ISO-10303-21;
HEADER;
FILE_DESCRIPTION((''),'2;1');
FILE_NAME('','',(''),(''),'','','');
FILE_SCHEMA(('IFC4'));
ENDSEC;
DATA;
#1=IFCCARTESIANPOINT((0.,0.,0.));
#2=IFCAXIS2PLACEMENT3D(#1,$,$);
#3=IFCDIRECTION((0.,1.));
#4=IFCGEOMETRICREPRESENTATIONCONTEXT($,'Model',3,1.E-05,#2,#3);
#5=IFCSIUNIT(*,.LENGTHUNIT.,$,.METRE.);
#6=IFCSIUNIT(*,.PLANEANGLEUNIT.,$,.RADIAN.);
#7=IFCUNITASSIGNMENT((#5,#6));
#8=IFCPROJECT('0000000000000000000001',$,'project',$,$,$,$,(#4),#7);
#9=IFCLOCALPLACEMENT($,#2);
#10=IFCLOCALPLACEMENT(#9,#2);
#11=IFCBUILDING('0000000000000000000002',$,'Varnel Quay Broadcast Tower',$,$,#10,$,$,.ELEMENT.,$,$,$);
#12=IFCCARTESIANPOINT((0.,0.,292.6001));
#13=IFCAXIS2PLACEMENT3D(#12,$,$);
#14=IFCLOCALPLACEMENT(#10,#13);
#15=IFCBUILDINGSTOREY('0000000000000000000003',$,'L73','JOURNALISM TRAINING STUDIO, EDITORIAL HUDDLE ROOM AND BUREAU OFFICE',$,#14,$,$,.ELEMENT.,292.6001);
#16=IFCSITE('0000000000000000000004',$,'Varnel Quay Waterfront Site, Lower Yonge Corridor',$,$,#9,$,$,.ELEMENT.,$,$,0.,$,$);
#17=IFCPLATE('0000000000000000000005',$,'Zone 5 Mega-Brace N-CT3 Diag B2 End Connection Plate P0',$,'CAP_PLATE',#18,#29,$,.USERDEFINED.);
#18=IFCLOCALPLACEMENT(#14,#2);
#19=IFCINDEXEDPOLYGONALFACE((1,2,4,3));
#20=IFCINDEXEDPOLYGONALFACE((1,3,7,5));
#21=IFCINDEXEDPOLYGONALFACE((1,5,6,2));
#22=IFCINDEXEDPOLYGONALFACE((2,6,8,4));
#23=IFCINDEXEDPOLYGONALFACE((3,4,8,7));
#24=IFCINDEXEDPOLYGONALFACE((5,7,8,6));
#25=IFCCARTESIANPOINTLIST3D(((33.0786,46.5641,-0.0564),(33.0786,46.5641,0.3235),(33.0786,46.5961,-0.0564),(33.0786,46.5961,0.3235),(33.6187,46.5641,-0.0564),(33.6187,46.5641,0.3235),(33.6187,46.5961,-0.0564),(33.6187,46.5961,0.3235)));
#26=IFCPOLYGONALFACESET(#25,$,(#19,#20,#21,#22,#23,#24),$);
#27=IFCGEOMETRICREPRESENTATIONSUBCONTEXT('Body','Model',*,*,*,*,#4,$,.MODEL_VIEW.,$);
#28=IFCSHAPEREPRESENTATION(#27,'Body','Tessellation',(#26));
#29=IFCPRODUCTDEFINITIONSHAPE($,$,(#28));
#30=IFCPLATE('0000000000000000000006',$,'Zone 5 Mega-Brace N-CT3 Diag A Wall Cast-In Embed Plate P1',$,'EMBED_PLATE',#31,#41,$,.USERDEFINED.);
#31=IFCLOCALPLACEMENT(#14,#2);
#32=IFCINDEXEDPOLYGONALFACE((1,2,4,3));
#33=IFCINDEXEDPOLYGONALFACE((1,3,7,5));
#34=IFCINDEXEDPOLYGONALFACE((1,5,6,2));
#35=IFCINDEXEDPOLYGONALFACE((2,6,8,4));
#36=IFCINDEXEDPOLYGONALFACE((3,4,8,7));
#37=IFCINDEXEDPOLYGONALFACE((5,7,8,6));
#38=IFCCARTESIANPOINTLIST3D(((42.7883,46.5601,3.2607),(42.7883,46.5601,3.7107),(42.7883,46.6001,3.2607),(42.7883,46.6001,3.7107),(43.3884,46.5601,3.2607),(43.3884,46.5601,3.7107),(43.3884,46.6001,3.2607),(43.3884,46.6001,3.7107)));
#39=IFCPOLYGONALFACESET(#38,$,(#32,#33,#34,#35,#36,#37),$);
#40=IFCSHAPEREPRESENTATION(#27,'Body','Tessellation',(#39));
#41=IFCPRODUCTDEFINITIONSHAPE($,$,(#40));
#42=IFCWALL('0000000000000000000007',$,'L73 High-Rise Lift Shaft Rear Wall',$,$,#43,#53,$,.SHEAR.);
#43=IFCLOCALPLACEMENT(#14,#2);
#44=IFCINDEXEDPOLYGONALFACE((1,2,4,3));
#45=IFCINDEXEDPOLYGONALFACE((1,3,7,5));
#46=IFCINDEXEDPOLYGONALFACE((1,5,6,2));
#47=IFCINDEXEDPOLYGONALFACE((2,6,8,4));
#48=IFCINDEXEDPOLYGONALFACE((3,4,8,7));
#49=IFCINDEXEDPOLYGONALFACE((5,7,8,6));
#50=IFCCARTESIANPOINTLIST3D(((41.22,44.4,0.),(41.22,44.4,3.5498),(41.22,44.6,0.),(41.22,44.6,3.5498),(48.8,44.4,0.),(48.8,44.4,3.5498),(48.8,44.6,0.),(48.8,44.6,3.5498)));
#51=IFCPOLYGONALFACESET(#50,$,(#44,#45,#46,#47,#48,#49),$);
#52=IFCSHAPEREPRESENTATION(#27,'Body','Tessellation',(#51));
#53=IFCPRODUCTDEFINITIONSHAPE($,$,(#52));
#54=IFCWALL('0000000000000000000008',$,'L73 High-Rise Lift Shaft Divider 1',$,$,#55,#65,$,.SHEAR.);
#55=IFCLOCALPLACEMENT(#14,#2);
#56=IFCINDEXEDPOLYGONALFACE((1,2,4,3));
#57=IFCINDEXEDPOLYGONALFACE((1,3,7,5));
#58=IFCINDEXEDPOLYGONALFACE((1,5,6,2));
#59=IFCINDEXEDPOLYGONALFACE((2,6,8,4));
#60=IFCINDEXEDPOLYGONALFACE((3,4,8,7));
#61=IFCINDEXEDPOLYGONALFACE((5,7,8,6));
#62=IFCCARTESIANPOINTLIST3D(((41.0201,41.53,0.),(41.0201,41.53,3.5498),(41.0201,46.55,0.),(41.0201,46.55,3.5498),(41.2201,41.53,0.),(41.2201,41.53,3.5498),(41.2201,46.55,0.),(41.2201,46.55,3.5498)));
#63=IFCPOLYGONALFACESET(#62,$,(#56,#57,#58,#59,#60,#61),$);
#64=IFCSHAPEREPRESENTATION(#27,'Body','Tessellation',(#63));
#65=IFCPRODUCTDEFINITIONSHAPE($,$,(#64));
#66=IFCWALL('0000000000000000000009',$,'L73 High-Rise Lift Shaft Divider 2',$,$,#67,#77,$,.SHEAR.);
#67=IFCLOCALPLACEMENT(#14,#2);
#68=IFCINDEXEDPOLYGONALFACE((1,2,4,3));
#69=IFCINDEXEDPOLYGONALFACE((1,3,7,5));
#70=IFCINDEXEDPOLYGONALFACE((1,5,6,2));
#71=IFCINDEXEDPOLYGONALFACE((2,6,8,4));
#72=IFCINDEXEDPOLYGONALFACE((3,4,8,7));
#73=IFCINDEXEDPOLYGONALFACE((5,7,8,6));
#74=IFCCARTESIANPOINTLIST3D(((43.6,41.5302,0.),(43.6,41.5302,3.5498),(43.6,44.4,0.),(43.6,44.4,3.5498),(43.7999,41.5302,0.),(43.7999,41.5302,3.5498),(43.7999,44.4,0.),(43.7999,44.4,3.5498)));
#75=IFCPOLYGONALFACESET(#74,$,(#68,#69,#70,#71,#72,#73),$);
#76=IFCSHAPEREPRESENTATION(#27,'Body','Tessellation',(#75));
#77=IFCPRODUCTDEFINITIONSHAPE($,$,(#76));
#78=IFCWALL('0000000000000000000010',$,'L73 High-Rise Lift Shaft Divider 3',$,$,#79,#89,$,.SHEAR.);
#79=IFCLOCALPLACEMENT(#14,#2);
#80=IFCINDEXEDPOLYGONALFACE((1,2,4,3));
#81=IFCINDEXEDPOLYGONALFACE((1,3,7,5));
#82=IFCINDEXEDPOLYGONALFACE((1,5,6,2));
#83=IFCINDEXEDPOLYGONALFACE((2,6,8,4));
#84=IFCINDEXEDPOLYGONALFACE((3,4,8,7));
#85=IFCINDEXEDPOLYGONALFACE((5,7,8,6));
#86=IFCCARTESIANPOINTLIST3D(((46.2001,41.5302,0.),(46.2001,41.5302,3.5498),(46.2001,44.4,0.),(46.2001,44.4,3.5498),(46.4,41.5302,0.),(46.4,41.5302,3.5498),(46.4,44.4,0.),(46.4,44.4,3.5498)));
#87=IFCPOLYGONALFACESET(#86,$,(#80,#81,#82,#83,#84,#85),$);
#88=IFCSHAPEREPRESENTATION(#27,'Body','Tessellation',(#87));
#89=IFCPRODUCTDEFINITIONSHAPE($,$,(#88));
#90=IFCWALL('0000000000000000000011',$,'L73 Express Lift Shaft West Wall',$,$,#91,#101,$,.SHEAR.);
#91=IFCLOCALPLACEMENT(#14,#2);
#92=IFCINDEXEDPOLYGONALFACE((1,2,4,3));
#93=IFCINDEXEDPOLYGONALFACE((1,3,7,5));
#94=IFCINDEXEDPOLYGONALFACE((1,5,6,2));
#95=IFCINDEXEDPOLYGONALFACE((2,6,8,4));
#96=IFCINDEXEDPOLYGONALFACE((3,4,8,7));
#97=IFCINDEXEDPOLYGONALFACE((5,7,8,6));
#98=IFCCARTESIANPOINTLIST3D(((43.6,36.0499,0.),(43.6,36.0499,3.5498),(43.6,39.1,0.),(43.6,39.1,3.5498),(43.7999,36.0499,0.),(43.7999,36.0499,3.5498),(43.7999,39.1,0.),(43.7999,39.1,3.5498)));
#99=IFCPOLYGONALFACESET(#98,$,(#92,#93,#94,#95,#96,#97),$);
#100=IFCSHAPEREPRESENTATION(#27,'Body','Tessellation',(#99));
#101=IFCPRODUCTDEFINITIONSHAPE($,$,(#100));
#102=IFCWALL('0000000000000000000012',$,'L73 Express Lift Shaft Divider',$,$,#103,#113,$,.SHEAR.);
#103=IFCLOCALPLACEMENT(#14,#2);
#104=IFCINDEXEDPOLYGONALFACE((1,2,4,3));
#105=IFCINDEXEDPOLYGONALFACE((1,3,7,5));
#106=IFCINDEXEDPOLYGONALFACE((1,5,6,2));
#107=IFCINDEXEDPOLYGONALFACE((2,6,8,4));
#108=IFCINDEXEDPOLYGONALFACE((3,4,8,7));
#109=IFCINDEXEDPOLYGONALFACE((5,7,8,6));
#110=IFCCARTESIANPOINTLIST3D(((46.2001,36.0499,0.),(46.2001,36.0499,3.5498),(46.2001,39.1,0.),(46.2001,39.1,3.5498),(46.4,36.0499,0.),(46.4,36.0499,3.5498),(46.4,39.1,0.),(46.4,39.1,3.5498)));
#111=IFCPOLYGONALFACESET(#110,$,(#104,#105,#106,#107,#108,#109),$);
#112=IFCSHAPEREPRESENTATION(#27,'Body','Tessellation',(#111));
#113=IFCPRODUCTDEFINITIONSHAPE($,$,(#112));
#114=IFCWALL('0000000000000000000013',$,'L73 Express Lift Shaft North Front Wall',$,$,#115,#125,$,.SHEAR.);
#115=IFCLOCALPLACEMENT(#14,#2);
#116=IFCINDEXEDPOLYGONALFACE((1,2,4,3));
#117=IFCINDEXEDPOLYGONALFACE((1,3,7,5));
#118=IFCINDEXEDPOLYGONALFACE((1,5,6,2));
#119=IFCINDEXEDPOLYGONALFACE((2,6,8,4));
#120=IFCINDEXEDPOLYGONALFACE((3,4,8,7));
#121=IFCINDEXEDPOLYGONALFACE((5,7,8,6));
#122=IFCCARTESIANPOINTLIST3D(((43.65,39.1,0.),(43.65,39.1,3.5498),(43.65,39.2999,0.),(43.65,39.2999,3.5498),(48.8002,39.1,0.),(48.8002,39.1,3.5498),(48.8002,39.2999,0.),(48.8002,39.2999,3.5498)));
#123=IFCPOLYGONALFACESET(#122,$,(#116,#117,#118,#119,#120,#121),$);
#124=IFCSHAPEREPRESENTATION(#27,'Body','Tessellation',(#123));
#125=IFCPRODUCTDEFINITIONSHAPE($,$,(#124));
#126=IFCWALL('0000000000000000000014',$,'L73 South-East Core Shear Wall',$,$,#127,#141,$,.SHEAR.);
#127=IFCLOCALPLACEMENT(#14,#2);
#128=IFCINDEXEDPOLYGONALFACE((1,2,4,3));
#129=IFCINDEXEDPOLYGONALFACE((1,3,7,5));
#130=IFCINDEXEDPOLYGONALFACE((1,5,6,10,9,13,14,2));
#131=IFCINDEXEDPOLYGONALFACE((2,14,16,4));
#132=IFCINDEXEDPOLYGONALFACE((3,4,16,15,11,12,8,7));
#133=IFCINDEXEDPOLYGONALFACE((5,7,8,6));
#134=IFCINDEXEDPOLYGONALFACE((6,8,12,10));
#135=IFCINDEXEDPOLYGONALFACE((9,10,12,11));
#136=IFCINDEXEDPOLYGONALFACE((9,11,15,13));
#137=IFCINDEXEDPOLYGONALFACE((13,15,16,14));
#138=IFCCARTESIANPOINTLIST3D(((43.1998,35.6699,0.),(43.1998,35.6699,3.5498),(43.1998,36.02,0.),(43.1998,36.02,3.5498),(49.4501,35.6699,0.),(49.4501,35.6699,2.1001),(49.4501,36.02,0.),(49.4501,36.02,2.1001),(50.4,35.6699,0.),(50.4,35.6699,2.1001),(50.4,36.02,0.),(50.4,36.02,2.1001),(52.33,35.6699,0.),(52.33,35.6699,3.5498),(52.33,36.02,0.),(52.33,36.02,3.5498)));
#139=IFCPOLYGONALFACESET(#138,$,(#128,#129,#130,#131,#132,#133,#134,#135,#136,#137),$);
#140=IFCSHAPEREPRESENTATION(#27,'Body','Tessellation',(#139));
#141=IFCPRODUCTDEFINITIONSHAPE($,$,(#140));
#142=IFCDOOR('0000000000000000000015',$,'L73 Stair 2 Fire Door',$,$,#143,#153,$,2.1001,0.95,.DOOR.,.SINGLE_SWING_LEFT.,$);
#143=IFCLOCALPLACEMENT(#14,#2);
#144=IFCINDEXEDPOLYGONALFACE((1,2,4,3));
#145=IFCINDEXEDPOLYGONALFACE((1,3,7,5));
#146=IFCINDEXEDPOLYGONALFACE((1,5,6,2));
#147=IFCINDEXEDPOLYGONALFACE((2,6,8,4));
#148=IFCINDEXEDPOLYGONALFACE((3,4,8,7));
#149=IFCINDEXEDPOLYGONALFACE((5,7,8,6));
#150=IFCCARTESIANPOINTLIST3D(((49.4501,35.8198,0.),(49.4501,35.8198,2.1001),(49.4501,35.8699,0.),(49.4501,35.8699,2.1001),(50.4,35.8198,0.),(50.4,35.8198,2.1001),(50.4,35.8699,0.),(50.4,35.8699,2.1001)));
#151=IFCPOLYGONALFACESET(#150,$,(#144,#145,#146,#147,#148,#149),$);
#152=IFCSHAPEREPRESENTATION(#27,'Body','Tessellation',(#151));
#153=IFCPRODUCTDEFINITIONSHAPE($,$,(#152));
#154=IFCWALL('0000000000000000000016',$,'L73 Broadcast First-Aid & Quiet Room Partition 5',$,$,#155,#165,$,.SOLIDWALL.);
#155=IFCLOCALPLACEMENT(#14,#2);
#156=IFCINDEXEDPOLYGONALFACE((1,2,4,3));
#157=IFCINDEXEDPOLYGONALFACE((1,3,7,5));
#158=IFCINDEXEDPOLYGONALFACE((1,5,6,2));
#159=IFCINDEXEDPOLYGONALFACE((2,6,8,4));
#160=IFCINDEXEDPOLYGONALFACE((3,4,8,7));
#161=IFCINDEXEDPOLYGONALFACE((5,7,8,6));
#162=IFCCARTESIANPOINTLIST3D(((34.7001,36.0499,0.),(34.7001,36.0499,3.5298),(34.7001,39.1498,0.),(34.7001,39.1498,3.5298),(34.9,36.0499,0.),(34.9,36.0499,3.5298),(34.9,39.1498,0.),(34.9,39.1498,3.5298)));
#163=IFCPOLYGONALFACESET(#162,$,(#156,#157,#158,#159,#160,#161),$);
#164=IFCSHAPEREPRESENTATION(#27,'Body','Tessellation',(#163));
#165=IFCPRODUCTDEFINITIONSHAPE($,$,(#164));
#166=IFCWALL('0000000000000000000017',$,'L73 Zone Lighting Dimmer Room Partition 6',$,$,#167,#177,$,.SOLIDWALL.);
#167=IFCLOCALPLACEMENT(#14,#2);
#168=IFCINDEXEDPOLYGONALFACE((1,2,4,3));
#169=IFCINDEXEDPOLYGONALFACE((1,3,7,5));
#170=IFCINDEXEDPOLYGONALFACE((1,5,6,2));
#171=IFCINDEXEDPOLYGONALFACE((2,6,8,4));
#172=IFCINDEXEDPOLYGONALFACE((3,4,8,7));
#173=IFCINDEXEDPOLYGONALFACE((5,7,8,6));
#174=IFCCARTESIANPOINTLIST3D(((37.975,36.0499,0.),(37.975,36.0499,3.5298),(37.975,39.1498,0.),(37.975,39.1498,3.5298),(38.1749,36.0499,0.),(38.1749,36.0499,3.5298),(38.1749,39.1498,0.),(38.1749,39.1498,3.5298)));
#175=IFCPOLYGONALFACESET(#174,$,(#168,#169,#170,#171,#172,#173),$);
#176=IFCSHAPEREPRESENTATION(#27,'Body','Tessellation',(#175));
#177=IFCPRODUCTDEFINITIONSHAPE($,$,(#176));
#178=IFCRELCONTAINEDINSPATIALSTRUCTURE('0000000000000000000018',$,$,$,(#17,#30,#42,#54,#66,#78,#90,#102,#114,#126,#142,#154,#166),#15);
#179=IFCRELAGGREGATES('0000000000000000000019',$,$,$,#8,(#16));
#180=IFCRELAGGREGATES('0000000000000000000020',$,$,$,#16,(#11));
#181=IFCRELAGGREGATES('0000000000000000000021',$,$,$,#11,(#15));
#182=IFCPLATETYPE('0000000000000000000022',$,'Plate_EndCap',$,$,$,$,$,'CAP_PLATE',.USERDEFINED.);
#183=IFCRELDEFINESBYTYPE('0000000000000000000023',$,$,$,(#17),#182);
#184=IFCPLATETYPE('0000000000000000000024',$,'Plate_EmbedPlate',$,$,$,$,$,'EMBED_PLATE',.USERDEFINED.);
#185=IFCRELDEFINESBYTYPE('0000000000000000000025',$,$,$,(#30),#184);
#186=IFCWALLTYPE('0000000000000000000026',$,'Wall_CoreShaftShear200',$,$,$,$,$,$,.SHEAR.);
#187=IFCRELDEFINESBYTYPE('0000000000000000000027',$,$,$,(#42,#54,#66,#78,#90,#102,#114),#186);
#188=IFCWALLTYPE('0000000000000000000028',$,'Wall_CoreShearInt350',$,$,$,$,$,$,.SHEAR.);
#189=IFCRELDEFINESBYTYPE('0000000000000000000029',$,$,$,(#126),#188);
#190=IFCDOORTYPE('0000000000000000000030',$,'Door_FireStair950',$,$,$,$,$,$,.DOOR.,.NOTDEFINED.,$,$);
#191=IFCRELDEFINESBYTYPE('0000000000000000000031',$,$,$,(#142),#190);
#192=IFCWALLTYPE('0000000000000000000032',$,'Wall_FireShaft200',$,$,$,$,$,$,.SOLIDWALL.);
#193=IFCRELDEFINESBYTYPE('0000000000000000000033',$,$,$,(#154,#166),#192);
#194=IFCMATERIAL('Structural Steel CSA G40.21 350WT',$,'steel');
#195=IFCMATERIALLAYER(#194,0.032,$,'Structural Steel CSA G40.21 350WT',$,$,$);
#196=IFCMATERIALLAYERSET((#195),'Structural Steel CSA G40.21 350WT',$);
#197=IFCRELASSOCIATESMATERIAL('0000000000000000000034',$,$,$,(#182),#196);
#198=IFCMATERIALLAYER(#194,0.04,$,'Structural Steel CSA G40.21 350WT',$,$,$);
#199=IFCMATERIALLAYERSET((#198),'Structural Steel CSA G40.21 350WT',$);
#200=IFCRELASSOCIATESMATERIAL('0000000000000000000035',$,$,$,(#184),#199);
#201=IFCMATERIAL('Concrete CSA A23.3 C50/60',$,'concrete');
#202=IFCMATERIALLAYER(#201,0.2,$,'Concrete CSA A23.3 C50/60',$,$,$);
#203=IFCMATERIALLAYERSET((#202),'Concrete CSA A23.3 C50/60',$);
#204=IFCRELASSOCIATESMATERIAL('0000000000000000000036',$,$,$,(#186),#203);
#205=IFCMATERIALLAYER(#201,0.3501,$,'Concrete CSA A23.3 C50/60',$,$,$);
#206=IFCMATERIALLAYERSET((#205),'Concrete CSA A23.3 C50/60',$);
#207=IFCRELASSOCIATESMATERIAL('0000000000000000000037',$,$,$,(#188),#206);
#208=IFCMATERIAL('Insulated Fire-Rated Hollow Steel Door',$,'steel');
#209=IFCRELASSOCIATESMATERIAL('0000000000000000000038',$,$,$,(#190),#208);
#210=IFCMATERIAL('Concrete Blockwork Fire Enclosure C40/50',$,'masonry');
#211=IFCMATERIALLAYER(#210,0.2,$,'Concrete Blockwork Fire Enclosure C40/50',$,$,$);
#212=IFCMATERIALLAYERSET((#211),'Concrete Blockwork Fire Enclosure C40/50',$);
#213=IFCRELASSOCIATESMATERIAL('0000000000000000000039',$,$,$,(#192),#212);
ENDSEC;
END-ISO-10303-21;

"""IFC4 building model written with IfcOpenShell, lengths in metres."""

from ifc_helpers import new_model, si_unit, direction, frame, frame_2d, origin, origin_2d, place, context, subcontext, project, spatial, rectangle, extrude, source, transform, mapped, material, layer, layer_set, type_object, type_shapes, element, fill, save


model = new_model("IFC4")

# Units and contexts
model_context = context("Model", 3, precision=1e-05, world=origin(), true_north=direction((0.0, 1.0)))
body_context = subcontext(model_context, "Body", "Model", "MODEL_VIEW")
ifc_project = project(units=[si_unit("LENGTHUNIT", "METRE"), si_unit("PLANEANGLEUNIT", "RADIAN")], contexts=[model_context])

# Site, building, storey
site_placement = place(None, origin())
site = spatial("IfcSite", under=ifc_project, at=site_placement, Name="Varnel Quay Waterfront Site, Lower Yonge Corridor", CompositionType="ELEMENT", RefElevation=0.0)
building_placement = place(site_placement, origin())
building = spatial("IfcBuilding", under=site, at=building_placement, Name="Varnel Quay Broadcast Tower", CompositionType="ELEMENT")
storey_placement = place(building_placement, frame((0.0, 0.0, 292.6001)))
storey = spatial("IfcBuildingStorey", under=building, at=storey_placement, Name="L73", Description="JOURNALISM TRAINING STUDIO, EDITORIAL HUDDLE ROOM AND BUREAU OFFICE", CompositionType="ELEMENT", Elevation=292.6001)

# Shared definitions
ifc_material_1 = material(Name="Structural Steel CSA G40.21 350WT", Category="steel")

# Shared definitions
ifc_material_2 = material(Name="Concrete CSA A23.3 C50/60", Category="concrete")

# Plates
ifc_layer_1 = layer(ifc_material_1, 0.032, Name="Structural Steel CSA G40.21 350WT")
ifc_layer_set_1 = layer_set([ifc_layer_1], Name="Structural Steel CSA G40.21 350WT")
plate_type_1 = type_object("IfcPlateType", Name="Plate_EndCap", ElementType="CAP_PLATE", PredefinedType="USERDEFINED", material=ifc_layer_set_1)
shared_shape_1 = source(origin(), body_context, "Body", "SweptSolid", [
    extrude(rectangle(XDim=0.54, YDim=0.032, at=origin_2d()), origin(), (0.0, 0.0, 1.0), 0.3799),
])
type_shapes(plate_type_1, [shared_shape_1])
plate_1_placement = place(storey_placement, frame((33.3486, 46.5801, -0.0564), z_axis=(0.0, 0.0, 1.0), x_axis=(1.0, 0.0, 0.0)))
element("IfcPlate", 1, at=plate_1_placement, inside=storey, type_object=plate_type_1, Name="Zone 5 Mega-Brace N-CT3 Diag B2 End Connection Plate P0", ObjectType="CAP_PLATE", PredefinedType="USERDEFINED", context=body_context, shape_type="MappedRepresentation", body=[
    mapped(shared_shape_1, transform((0.0, 0.0, 0.0), x_axis=(1.0, 0.0, 0.0), y_axis=(0.0, 1.0, 0.0), z_axis=(0.0, 0.0, 1.0), scale=1.0)),
])
ifc_layer_2 = layer(ifc_material_1, 0.04, Name="Structural Steel CSA G40.21 350WT")
ifc_layer_set_2 = layer_set([ifc_layer_2], Name="Structural Steel CSA G40.21 350WT")
plate_type_2 = type_object("IfcPlateType", Name="Plate_EmbedPlate", ElementType="EMBED_PLATE", PredefinedType="USERDEFINED", material=ifc_layer_set_2)
shared_shape_2 = source(origin(), body_context, "Body", "SweptSolid", [
    extrude(rectangle(XDim=0.6001, YDim=0.04, at=origin_2d()), origin(), (0.0, 0.0, 1.0), 0.45),
])
type_shapes(plate_type_2, [shared_shape_2])
plate_2_placement = place(storey_placement, frame((43.0884, 46.5801, 3.2607), z_axis=(0.0, 0.0, 1.0), x_axis=(1.0, 0.0, 0.0)))
element("IfcPlate", 2, at=plate_2_placement, inside=storey, type_object=plate_type_2, Name="Zone 5 Mega-Brace N-CT3 Diag A Wall Cast-In Embed Plate P1", ObjectType="EMBED_PLATE", PredefinedType="USERDEFINED", context=body_context, shape_type="MappedRepresentation", body=[
    mapped(shared_shape_2, transform((0.0, 0.0, 0.0), x_axis=(1.0, 0.0, 0.0), y_axis=(0.0, 1.0, 0.0), z_axis=(0.0, 0.0, 1.0), scale=1.0)),
])

# Walls
ifc_layer_3 = layer(ifc_material_2, 0.2, Name="Concrete CSA A23.3 C50/60")
ifc_layer_set_3 = layer_set([ifc_layer_3], Name="Concrete CSA A23.3 C50/60")
wall_type_1 = type_object("IfcWallType", Name="Wall_CoreShaftShear200", PredefinedType="SHEAR", material=ifc_layer_set_3)
wall_1_placement = place(storey_placement, frame((41.22, 44.5, 0.0), z_axis=(0.0, 0.0, 1.0), x_axis=(1.0, 0.0, 0.0)))
element("IfcWall", 3, at=wall_1_placement, inside=storey, type_object=wall_type_1, Name="L73 High-Rise Lift Shaft Rear Wall", PredefinedType="SHEAR", context=body_context, shape_type="SweptSolid", body=[
    extrude(rectangle(XDim=7.5801, YDim=0.2, at=frame_2d((3.79, 0.0))), origin(), (0.0, 0.0, 1.0), 3.5498),
])
wall_2_placement = place(storey_placement, frame((41.1201, 41.53, 0.0), z_axis=(0.0, 0.0, 1.0), x_axis=(0.0, 1.0, 0.0)))
element("IfcWall", 4, at=wall_2_placement, inside=storey, type_object=wall_type_1, Name="L73 High-Rise Lift Shaft Divider 1", PredefinedType="SHEAR", context=body_context, shape_type="SweptSolid", body=[
    extrude(rectangle(XDim=5.02, YDim=0.2, at=frame_2d((2.51, 0.0))), origin(), (0.0, 0.0, 1.0), 3.5498),
])
for number, where, z_axis, x_axis, name in (
    (5, (43.7, 41.53, 0.0), (0.0, 0.0, 1.0), (0.0, 1.0, 0.0), "L73 High-Rise Lift Shaft Divider 2"),
    (6, (46.3, 41.53, 0.0), (0.0, 0.0, 1.0), (0.0, 1.0, 0.0), "L73 High-Rise Lift Shaft Divider 3"),
):
    element("IfcWall", number, at=place(storey_placement, frame(where, z_axis=z_axis, x_axis=x_axis)), inside=storey, type_object=wall_type_1, Name=name, PredefinedType="SHEAR", context=body_context, shape_type="SweptSolid", body=[
        extrude(rectangle(XDim=2.8699, YDim=0.2, at=frame_2d((1.4351, 0.0))), origin(), (0.0, 0.0, 1.0), 3.5498),
    ])
for number, where, z_axis, x_axis, name in (
    (7, (43.7, 36.05, 0.0), (0.0, 0.0, 1.0), (0.0, 1.0, 0.0), "L73 Express Lift Shaft West Wall"),
    (8, (46.3, 36.05, 0.0), (0.0, 0.0, 1.0), (0.0, 1.0, 0.0), "L73 Express Lift Shaft Divider"),
):
    element("IfcWall", number, at=place(storey_placement, frame(where, z_axis=z_axis, x_axis=x_axis)), inside=storey, type_object=wall_type_1, Name=name, PredefinedType="SHEAR", context=body_context, shape_type="SweptSolid", body=[
        extrude(rectangle(XDim=3.05, YDim=0.2, at=frame_2d((1.5249, 0.0))), origin(), (0.0, 0.0, 1.0), 3.5498),
    ])
wall_3_placement = place(storey_placement, frame((43.6499, 39.2, 0.0), z_axis=(0.0, 0.0, 1.0), x_axis=(1.0, 0.0, 0.0)))
element("IfcWall", 9, at=wall_3_placement, inside=storey, type_object=wall_type_1, Name="L73 Express Lift Shaft North Front Wall", PredefinedType="SHEAR", context=body_context, shape_type="SweptSolid", body=[
    extrude(rectangle(XDim=5.1501, YDim=0.2, at=frame_2d((2.5752, 0.0))), origin(), (0.0, 0.0, 1.0), 3.5498),
])

# Wall, opening, door
ifc_layer_4 = layer(ifc_material_2, 0.3501, Name="Concrete CSA A23.3 C50/60")
ifc_layer_set_4 = layer_set([ifc_layer_4], Name="Concrete CSA A23.3 C50/60")
wall_type_2 = type_object("IfcWallType", Name="Wall_CoreShearInt350", PredefinedType="SHEAR", material=ifc_layer_set_4)
wall_4_placement = place(storey_placement, frame((43.2, 35.845, 0.0), z_axis=(0.0, 0.0, 1.0), x_axis=(1.0, 0.0, 0.0)))
wall_4 = element("IfcWall", 10, at=wall_4_placement, inside=storey, type_object=wall_type_2, Name="L73 South-East Core Shear Wall", PredefinedType="SHEAR", context=body_context, shape_type="SweptSolid", body=[
    extrude(rectangle(XDim=9.1301, YDim=0.3501, at=frame_2d((4.5649, 0.0))), origin(), (0.0, 0.0, 1.0), 3.5498),
])
opening_placement = place(wall_4_placement, frame((6.25, 0.0, 0.0)))
opening = element("IfcOpeningElement", 11, at=opening_placement, cuts=wall_4, PredefinedType="OPENING", context=body_context, shape_type="SweptSolid", body=[
    extrude(rectangle(XDim=0.95, YDim=2.1001, at=frame_2d((0.4751, 1.05))), frame((0.0, 0.1851, 0.0), z_axis=(0.0, -1.0, 0.0), x_axis=(1.0, 0.0, 0.0)), (0.0, 0.0, 1.0), 0.3701),
])
ifc_material_3 = material(Name="Insulated Fire-Rated Hollow Steel Door", Category="steel")
door_type = type_object("IfcDoorType", Name="Door_FireStair950", OperationType="NOTDEFINED", PredefinedType="DOOR", material=ifc_material_3)
shared_shape_3 = source(origin(), body_context, "Body", "SweptSolid", [
    extrude(rectangle(XDim=0.95, YDim=2.1001, at=frame_2d((0.4751, 1.05))), frame((0.0, 0.0249, 0.0), z_axis=(0.0, -1.0, 0.0), x_axis=(1.0, 0.0, 0.0)), (0.0, 0.0, 1.0), 0.05),
])
type_shapes(door_type, [shared_shape_3])
door_placement = place(opening_placement, origin())
door = element("IfcDoor", 12, at=door_placement, inside=storey, type_object=door_type, Name="L73 Stair 2 Fire Door", OperationType="SINGLE_SWING_LEFT", OverallHeight=2.1001, OverallWidth=0.95, PredefinedType="DOOR", context=body_context, shape_type="MappedRepresentation", body=[
    mapped(shared_shape_3, transform((0.0, 0.0, 0.0), x_axis=(1.0, 0.0, 0.0), y_axis=(0.0, 1.0, 0.0), z_axis=(0.0, 0.0, 1.0), scale=1.0)),
])
fill(opening, door)

# Walls
ifc_material_4 = material(Name="Concrete Blockwork Fire Enclosure C40/50", Category="masonry")
ifc_layer_5 = layer(ifc_material_4, 0.2, Name="Concrete Blockwork Fire Enclosure C40/50")
ifc_layer_set_5 = layer_set([ifc_layer_5], Name="Concrete Blockwork Fire Enclosure C40/50")
wall_type_3 = type_object("IfcWallType", Name="Wall_FireShaft200", PredefinedType="SOLIDWALL", material=ifc_layer_set_5)
for number, where, z_axis, x_axis, name in (
    (13, (34.8, 36.05, 0.0), (0.0, 0.0, 1.0), (0.0, 1.0, 0.0), "L73 Broadcast First-Aid & Quiet Room Partition 5"),
    (14, (38.075, 36.05, 0.0), (0.0, 0.0, 1.0), (0.0, 1.0, 0.0), "L73 Zone Lighting Dimmer Room Partition 6"),
):
    element("IfcWall", number, at=place(storey_placement, frame(where, z_axis=z_axis, x_axis=x_axis)), inside=storey, type_object=wall_type_3, Name=name, PredefinedType="SOLIDWALL", context=body_context, shape_type="SweptSolid", body=[
        extrude(rectangle(XDim=3.0999, YDim=0.2, at=frame_2d((1.5498, 0.0))), origin(), (0.0, 0.0, 1.0), 3.5298),
    ])

save(model, "model.ifc")
